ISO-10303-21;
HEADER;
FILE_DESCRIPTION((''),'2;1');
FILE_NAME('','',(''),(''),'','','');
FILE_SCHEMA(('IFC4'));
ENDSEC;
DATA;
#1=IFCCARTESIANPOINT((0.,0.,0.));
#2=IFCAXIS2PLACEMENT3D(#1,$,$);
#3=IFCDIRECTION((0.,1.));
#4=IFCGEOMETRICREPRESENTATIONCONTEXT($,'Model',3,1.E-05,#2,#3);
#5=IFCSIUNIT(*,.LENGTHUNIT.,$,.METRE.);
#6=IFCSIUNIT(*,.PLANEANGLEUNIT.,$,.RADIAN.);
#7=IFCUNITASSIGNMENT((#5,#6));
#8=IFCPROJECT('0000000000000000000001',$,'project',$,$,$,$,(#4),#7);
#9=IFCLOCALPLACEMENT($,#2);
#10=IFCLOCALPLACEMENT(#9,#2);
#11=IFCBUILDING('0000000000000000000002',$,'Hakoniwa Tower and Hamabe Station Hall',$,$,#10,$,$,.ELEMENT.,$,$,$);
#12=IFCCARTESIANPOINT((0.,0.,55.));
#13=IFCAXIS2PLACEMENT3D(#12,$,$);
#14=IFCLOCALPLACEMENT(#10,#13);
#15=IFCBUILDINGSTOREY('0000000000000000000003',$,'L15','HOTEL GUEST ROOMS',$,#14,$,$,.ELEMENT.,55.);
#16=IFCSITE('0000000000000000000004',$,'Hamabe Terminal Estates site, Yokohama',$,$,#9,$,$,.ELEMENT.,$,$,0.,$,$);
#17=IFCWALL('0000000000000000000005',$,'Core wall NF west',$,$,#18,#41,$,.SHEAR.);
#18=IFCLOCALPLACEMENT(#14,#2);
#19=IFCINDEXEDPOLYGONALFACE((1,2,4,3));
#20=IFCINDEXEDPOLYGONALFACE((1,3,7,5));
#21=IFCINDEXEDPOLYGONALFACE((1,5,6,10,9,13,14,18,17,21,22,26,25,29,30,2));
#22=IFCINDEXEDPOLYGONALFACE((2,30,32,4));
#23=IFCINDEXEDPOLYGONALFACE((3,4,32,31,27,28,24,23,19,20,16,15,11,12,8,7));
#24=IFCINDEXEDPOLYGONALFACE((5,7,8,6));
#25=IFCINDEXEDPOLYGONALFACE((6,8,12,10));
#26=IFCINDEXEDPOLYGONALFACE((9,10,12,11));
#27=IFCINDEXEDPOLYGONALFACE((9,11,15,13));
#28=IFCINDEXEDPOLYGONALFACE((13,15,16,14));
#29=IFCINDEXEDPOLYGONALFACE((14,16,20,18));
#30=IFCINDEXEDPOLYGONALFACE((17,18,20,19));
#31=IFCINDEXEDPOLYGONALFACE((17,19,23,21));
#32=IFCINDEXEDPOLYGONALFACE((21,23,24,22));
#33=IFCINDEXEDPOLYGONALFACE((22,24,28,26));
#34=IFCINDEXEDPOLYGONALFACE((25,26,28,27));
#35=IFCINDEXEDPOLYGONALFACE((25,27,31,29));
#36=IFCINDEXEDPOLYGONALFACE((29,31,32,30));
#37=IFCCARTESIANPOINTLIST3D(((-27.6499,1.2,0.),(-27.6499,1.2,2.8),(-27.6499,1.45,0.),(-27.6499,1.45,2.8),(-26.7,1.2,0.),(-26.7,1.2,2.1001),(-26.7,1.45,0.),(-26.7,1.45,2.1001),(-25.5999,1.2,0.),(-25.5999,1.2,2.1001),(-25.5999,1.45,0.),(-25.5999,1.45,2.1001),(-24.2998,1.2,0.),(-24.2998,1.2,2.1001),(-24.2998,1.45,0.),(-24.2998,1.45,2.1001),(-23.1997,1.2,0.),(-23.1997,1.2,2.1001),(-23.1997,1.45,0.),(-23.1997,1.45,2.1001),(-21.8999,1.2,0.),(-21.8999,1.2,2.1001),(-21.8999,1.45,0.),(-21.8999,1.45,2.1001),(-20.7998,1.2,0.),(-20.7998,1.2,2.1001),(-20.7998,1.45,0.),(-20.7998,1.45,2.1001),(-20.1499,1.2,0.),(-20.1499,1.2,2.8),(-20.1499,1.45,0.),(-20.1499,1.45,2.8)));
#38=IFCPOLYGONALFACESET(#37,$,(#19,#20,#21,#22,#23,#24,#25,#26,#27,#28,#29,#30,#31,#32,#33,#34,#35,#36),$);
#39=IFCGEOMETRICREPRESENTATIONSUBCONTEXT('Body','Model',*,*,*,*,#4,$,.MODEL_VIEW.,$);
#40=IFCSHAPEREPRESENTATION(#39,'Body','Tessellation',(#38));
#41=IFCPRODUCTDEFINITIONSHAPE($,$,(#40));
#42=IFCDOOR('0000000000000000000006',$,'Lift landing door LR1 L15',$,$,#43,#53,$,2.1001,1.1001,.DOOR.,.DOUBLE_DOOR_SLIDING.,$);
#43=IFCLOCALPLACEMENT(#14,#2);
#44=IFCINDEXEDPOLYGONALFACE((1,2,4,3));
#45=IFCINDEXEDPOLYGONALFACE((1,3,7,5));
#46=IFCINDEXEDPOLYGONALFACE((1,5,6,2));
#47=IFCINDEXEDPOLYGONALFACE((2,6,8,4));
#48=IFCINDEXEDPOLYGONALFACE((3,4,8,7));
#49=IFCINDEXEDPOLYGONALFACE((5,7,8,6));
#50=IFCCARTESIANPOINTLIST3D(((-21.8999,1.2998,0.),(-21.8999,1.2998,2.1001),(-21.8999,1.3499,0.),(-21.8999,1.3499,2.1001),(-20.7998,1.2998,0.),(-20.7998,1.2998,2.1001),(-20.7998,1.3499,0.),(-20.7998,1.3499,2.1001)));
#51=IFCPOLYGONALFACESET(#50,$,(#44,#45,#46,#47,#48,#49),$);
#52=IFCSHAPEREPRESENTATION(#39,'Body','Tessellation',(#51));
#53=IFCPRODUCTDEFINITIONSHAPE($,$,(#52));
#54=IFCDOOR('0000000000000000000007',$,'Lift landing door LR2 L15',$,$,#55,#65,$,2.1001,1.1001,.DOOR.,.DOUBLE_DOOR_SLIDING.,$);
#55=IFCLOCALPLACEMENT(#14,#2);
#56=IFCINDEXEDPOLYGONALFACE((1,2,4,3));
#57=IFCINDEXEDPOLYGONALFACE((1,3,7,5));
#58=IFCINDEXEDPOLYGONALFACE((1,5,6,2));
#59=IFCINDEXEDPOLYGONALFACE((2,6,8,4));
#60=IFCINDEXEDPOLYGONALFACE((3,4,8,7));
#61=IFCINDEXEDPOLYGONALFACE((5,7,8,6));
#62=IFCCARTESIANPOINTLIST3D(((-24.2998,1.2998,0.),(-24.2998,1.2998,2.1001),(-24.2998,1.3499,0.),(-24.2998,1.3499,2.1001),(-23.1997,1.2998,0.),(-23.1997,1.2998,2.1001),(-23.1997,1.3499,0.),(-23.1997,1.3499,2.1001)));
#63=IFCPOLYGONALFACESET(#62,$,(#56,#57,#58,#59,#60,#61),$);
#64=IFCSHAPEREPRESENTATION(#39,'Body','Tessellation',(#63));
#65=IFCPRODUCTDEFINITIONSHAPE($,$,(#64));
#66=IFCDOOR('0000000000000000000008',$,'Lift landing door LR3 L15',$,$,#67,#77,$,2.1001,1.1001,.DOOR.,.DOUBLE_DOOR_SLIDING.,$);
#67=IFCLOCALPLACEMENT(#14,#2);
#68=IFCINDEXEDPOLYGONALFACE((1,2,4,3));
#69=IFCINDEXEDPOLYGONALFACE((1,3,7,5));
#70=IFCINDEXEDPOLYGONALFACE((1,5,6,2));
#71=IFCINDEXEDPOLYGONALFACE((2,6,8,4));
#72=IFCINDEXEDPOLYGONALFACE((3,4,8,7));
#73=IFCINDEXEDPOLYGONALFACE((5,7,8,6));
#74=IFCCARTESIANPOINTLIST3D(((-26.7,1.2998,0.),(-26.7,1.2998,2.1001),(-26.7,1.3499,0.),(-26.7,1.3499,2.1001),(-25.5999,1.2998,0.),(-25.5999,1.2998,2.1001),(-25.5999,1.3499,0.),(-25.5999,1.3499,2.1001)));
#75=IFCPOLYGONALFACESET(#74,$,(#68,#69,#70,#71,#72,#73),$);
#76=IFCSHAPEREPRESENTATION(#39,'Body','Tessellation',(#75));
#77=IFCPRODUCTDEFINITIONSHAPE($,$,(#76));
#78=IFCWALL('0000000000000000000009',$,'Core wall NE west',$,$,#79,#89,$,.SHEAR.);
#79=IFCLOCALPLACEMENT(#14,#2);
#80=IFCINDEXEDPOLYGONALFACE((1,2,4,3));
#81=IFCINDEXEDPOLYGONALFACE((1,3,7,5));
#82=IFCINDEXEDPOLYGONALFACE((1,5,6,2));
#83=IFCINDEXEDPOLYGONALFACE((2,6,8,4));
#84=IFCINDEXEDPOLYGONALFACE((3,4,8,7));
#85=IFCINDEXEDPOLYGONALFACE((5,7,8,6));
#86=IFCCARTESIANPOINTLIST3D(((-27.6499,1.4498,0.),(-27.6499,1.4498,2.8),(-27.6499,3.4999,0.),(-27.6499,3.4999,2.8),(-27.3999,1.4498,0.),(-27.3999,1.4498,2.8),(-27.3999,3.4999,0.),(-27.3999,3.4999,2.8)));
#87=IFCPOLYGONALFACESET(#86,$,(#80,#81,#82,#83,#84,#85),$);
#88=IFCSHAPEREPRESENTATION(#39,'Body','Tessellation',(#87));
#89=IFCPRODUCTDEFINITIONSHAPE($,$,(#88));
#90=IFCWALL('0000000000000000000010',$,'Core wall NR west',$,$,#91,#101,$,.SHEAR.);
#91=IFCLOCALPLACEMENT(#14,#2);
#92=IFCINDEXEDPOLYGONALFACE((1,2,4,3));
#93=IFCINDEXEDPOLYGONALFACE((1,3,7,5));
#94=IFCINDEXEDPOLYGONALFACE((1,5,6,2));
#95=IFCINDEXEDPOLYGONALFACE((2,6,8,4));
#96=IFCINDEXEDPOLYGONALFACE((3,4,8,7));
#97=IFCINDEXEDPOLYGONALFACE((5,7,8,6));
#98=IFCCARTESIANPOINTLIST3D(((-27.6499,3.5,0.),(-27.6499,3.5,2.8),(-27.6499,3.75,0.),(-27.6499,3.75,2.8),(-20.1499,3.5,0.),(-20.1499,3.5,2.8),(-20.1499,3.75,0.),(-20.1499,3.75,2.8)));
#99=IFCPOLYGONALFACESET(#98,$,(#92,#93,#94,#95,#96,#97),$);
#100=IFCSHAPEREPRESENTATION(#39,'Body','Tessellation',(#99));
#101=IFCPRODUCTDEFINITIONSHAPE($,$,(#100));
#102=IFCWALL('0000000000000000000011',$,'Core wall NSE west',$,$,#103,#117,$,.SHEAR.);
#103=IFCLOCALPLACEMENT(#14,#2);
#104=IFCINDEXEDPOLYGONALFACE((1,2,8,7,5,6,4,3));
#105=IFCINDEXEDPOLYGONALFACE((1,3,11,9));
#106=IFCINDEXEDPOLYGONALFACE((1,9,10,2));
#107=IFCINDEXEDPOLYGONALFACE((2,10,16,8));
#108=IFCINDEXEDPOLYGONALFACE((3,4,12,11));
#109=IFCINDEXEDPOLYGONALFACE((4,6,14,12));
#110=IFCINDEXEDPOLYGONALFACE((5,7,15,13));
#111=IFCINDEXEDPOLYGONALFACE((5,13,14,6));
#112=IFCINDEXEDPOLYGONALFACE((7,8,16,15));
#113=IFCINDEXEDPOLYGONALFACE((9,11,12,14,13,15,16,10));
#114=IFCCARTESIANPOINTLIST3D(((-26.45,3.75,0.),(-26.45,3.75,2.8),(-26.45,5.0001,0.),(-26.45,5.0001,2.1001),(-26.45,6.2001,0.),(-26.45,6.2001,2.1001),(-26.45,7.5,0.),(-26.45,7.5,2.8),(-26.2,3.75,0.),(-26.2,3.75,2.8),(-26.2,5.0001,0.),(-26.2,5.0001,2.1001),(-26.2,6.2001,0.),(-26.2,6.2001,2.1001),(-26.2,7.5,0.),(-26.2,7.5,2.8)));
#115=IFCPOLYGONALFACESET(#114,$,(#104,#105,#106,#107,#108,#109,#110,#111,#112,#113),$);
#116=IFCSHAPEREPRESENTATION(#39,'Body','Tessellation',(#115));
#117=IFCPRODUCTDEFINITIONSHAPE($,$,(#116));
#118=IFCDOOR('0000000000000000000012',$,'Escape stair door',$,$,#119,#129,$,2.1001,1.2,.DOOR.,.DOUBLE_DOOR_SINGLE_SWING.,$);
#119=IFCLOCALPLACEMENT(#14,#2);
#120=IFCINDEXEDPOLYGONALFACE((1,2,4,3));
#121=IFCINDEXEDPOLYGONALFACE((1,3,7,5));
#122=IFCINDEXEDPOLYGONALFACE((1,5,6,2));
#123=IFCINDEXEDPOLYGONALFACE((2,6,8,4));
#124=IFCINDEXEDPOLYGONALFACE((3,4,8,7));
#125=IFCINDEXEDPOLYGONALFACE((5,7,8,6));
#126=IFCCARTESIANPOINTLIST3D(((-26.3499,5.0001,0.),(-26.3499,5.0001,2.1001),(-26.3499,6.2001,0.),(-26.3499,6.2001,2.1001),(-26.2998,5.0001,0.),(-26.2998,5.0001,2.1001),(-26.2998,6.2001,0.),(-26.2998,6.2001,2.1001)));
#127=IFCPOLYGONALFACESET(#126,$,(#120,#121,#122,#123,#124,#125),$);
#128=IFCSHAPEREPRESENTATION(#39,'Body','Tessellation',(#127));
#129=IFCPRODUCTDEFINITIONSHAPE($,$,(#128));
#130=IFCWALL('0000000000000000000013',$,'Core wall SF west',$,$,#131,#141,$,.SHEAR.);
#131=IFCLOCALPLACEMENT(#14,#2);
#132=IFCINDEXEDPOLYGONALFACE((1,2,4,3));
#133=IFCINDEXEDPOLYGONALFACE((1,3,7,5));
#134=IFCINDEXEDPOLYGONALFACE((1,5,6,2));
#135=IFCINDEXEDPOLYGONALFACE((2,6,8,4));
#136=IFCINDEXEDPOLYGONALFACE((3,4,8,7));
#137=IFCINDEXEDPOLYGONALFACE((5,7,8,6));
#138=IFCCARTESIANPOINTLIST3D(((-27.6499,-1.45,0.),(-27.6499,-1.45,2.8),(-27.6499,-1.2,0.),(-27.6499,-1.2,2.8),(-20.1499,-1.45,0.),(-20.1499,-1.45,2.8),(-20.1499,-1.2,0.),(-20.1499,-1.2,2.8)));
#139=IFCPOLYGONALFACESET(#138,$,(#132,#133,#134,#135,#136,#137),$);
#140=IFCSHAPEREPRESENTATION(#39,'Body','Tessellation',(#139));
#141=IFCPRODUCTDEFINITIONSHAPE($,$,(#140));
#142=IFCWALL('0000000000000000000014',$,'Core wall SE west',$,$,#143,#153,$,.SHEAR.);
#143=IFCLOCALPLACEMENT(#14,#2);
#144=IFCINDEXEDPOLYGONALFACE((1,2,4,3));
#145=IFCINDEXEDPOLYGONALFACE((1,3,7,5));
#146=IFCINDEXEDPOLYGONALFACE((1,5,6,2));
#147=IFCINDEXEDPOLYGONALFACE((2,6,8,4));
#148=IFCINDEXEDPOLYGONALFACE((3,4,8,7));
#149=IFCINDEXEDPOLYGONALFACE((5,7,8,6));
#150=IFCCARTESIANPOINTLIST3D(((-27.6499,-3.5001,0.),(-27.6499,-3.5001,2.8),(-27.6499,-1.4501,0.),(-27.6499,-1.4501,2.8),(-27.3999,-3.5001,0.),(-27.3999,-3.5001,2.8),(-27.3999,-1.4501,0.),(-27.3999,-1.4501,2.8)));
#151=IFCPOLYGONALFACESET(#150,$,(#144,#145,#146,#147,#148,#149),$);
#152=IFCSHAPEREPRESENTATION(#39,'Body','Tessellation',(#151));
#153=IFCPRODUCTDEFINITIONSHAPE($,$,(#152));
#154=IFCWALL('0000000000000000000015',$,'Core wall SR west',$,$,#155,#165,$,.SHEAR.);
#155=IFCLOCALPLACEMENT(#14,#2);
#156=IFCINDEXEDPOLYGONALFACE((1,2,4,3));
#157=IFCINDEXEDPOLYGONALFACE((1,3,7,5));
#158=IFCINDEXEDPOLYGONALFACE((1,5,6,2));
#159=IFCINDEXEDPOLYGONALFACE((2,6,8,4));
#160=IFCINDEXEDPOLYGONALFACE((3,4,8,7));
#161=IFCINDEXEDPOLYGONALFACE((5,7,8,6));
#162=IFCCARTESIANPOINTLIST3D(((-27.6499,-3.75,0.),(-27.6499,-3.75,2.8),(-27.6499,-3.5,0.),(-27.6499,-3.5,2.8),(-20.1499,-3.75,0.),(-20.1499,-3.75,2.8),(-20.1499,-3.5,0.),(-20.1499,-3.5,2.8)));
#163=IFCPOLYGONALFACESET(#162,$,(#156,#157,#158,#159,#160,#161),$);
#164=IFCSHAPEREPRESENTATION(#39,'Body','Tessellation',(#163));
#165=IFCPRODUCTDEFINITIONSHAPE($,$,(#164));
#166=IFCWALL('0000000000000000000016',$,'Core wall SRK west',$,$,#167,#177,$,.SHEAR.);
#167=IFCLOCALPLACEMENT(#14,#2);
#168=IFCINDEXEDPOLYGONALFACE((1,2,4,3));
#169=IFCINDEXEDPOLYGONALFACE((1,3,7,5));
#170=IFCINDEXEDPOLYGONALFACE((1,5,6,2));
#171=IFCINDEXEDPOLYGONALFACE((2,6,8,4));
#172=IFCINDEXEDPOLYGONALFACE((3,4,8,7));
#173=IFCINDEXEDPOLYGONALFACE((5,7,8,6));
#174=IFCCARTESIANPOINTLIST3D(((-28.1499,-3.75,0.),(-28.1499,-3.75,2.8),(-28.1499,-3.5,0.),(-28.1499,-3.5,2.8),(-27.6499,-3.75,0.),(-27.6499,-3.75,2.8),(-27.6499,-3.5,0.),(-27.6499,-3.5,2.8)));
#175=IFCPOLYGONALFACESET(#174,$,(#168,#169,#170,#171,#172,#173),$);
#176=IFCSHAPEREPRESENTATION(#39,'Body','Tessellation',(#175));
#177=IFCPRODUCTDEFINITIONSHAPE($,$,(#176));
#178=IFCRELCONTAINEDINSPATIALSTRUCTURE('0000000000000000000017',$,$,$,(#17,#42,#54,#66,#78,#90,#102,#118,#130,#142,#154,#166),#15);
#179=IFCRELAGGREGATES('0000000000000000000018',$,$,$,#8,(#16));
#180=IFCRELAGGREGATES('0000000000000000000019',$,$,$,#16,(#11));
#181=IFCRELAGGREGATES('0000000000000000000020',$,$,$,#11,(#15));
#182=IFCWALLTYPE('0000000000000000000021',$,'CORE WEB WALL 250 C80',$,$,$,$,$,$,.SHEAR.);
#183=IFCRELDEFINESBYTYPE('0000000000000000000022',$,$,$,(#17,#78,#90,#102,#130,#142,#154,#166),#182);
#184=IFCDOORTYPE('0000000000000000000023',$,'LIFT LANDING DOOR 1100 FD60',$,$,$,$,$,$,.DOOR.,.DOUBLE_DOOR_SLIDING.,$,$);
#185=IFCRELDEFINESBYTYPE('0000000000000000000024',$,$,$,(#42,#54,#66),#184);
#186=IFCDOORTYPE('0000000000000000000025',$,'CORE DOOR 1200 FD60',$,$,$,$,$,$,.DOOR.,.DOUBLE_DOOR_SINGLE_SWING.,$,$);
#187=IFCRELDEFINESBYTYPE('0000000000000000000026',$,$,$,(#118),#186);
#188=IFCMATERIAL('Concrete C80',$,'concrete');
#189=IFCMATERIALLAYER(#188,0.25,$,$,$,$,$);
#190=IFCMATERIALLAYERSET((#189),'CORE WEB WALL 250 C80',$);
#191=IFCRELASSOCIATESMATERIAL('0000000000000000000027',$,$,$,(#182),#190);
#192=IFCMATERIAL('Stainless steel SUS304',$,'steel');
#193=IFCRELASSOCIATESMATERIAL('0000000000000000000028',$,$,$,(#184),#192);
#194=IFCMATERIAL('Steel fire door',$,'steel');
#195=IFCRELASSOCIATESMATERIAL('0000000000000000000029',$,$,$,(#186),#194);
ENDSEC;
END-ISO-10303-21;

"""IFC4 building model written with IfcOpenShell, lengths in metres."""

from ifc_helpers import new_model, si_unit, direction, frame, frame_2d, origin, place, context, subcontext, project, spatial, rectangle, extrude, material, layer, layer_set, type_object, element, fill, save


model = new_model("IFC4")

# Units and contexts
model_context = context("Model", 3, precision=1e-05, world=origin(), true_north=direction((0.0, 1.0)))
body_context = subcontext(model_context, "Body", "Model", "MODEL_VIEW")
ifc_project = project(units=[si_unit("LENGTHUNIT", "METRE"), si_unit("PLANEANGLEUNIT", "RADIAN")], contexts=[model_context])

# Site, building, storey
site_placement = place(None, origin())
site = spatial("IfcSite", under=ifc_project, at=site_placement, Name="Hamabe Terminal Estates site, Yokohama", CompositionType="ELEMENT", RefElevation=0.0)
building_placement = place(site_placement, origin())
building = spatial("IfcBuilding", under=site, at=building_placement, Name="Hakoniwa Tower and Hamabe Station Hall", CompositionType="ELEMENT")
storey_placement = place(building_placement, frame((0.0, 0.0, 55.0)))
storey = spatial("IfcBuildingStorey", under=building, at=storey_placement, Name="L15", Description="HOTEL GUEST ROOMS", CompositionType="ELEMENT", Elevation=55.0)

# Wall, openings, doors
ifc_material_1 = material(Name="Concrete C80", Category="concrete")
ifc_layer_1 = layer(ifc_material_1, 0.25)
ifc_layer_set_1 = layer_set([ifc_layer_1], Name="CORE WEB WALL 250 C80")
wall_type_1 = type_object("IfcWallType", Name="CORE WEB WALL 250 C80", PredefinedType="SHEAR", material=ifc_layer_set_1)
wall_1_placement = place(storey_placement, frame((-27.6499, 1.325, 0.0), z_axis=(0.0, 0.0, 1.0), x_axis=(1.0, 0.0, 0.0)))
wall_1 = element("IfcWall", 1, at=wall_1_placement, inside=storey, type_object=wall_type_1, Name="Core wall NF west", PredefinedType="SHEAR", context=body_context, shape_type="SweptSolid", body=[
    extrude(rectangle(XDim=7.5, YDim=0.25, at=frame_2d((3.75, 0.0))), origin(), (0.0, 0.0, 1.0), 2.8),
])
opening_1_placement = place(wall_1_placement, frame((5.75, 0.0, 0.0)))
opening_1 = element("IfcOpeningElement", 2, at=opening_1_placement, cuts=wall_1, PredefinedType="OPENING", context=body_context, shape_type="SweptSolid", body=[
    extrude(rectangle(XDim=1.1001, YDim=2.1001, at=frame_2d((0.55, 1.05))), frame((0.0, 0.135, 0.0), z_axis=(0.0, -1.0, 0.0), x_axis=(1.0, 0.0, 0.0)), (0.0, 0.0, 1.0), 0.27),
])
opening_2_placement = place(wall_1_placement, frame((3.3501, 0.0, 0.0)))
opening_2 = element("IfcOpeningElement", 3, at=opening_2_placement, cuts=wall_1, PredefinedType="OPENING", context=body_context, shape_type="SweptSolid", body=[
    extrude(rectangle(XDim=1.1001, YDim=2.1001, at=frame_2d((0.55, 1.05))), frame((0.0, 0.135, 0.0), z_axis=(0.0, -1.0, 0.0), x_axis=(1.0, 0.0, 0.0)), (0.0, 0.0, 1.0), 0.27),
])
opening_3_placement = place(wall_1_placement, frame((0.95, 0.0, 0.0)))
opening_3 = element("IfcOpeningElement", 4, at=opening_3_placement, cuts=wall_1, PredefinedType="OPENING", context=body_context, shape_type="SweptSolid", body=[
    extrude(rectangle(XDim=1.1001, YDim=2.1001, at=frame_2d((0.55, 1.05))), frame((0.0, 0.135, 0.0), z_axis=(0.0, -1.0, 0.0), x_axis=(1.0, 0.0, 0.0)), (0.0, 0.0, 1.0), 0.27),
])
ifc_material_2 = material(Name="Stainless steel SUS304", Category="steel")
door_type_1 = type_object("IfcDoorType", Name="LIFT LANDING DOOR 1100 FD60", OperationType="DOUBLE_DOOR_SLIDING", PredefinedType="DOOR", material=ifc_material_2)
door_1_placement = place(opening_1_placement, origin())
door_1 = element("IfcDoor", 5, at=door_1_placement, inside=storey, type_object=door_type_1, Name="Lift landing door LR1 L15", OperationType="DOUBLE_DOOR_SLIDING", OverallHeight=2.1001, OverallWidth=1.1001, PredefinedType="DOOR", context=body_context, shape_type="SweptSolid", body=[
    extrude(rectangle(XDim=1.1001, YDim=2.1001, at=frame_2d((0.55, 1.05))), frame((0.0, 0.0249, 0.0), z_axis=(0.0, -1.0, 0.0), x_axis=(1.0, 0.0, 0.0)), (0.0, 0.0, 1.0), 0.05),
])
fill(opening_1, door_1)
door_2_placement = place(opening_2_placement, origin())
door_2 = element("IfcDoor", 6, at=door_2_placement, inside=storey, type_object=door_type_1, Name="Lift landing door LR2 L15", OperationType="DOUBLE_DOOR_SLIDING", OverallHeight=2.1001, OverallWidth=1.1001, PredefinedType="DOOR", context=body_context, shape_type="SweptSolid", body=[
    extrude(rectangle(XDim=1.1001, YDim=2.1001, at=frame_2d((0.55, 1.05))), frame((0.0, 0.0249, 0.0), z_axis=(0.0, -1.0, 0.0), x_axis=(1.0, 0.0, 0.0)), (0.0, 0.0, 1.0), 0.05),
])
fill(opening_2, door_2)
door_3_placement = place(opening_3_placement, origin())
door_3 = element("IfcDoor", 7, at=door_3_placement, inside=storey, type_object=door_type_1, Name="Lift landing door LR3 L15", OperationType="DOUBLE_DOOR_SLIDING", OverallHeight=2.1001, OverallWidth=1.1001, PredefinedType="DOOR", context=body_context, shape_type="SweptSolid", body=[
    extrude(rectangle(XDim=1.1001, YDim=2.1001, at=frame_2d((0.55, 1.05))), frame((0.0, 0.0249, 0.0), z_axis=(0.0, -1.0, 0.0), x_axis=(1.0, 0.0, 0.0)), (0.0, 0.0, 1.0), 0.05),
])
fill(opening_3, door_3)

# Walls
wall_2_placement = place(storey_placement, frame((-27.5249, 1.45, 0.0), z_axis=(0.0, 0.0, 1.0), x_axis=(0.0, 1.0, 0.0)))
element("IfcWall", 8, at=wall_2_placement, inside=storey, type_object=wall_type_1, Name="Core wall NE west", PredefinedType="SHEAR", context=body_context, shape_type="SweptSolid", body=[
    extrude(rectangle(XDim=2.05, YDim=0.25, at=frame_2d((1.0249, 0.0))), origin(), (0.0, 0.0, 1.0), 2.8),
])
wall_3_placement = place(storey_placement, frame((-27.6499, 3.625, 0.0), z_axis=(0.0, 0.0, 1.0), x_axis=(1.0, 0.0, 0.0)))
element("IfcWall", 9, at=wall_3_placement, inside=storey, type_object=wall_type_1, Name="Core wall NR west", PredefinedType="SHEAR", context=body_context, shape_type="SweptSolid", body=[
    extrude(rectangle(XDim=7.5, YDim=0.25, at=frame_2d((3.75, 0.0))), origin(), (0.0, 0.0, 1.0), 2.8),
])

# Wall, opening, door
wall_4_placement = place(storey_placement, frame((-26.325, 3.75, 0.0), z_axis=(0.0, 0.0, 1.0), x_axis=(0.0, 1.0, 0.0)))
wall_4 = element("IfcWall", 10, at=wall_4_placement, inside=storey, type_object=wall_type_1, Name="Core wall NSE west", PredefinedType="SHEAR", context=body_context, shape_type="SweptSolid", body=[
    extrude(rectangle(XDim=3.75, YDim=0.25, at=frame_2d((1.875, 0.0))), origin(), (0.0, 0.0, 1.0), 2.8),
])
opening_4_placement = place(wall_4_placement, frame((1.25, 0.0, 0.0)))
opening_4 = element("IfcOpeningElement", 11, at=opening_4_placement, cuts=wall_4, PredefinedType="OPENING", context=body_context, shape_type="SweptSolid", body=[
    extrude(rectangle(XDim=1.2, YDim=2.1001, at=frame_2d((0.6001, 1.05))), frame((0.0, 0.135, 0.0), z_axis=(0.0, -1.0, 0.0), x_axis=(1.0, 0.0, 0.0)), (0.0, 0.0, 1.0), 0.27),
])
ifc_material_3 = material(Name="Steel fire door", Category="steel")
door_type_2 = type_object("IfcDoorType", Name="CORE DOOR 1200 FD60", OperationType="DOUBLE_DOOR_SINGLE_SWING", PredefinedType="DOOR", material=ifc_material_3)
door_4_placement = place(opening_4_placement, origin())
door_4 = element("IfcDoor", 12, at=door_4_placement, inside=storey, type_object=door_type_2, Name="Escape stair door", OperationType="DOUBLE_DOOR_SINGLE_SWING", OverallHeight=2.1001, OverallWidth=1.2, PredefinedType="DOOR", context=body_context, shape_type="SweptSolid", body=[
    extrude(rectangle(XDim=1.2, YDim=2.1001, at=frame_2d((0.6001, 1.05))), frame((0.0, 0.0249, 0.0), z_axis=(0.0, -1.0, 0.0), x_axis=(1.0, 0.0, 0.0)), (0.0, 0.0, 1.0), 0.05),
])
fill(opening_4, door_4)

# Walls
wall_5_placement = place(storey_placement, frame((-27.6499, -1.325, 0.0), z_axis=(0.0, 0.0, 1.0), x_axis=(1.0, 0.0, 0.0)))
element("IfcWall", 13, at=wall_5_placement, inside=storey, type_object=wall_type_1, Name="Core wall SF west", PredefinedType="SHEAR", context=body_context, shape_type="SweptSolid", body=[
    extrude(rectangle(XDim=7.5, YDim=0.25, at=frame_2d((3.75, 0.0))), origin(), (0.0, 0.0, 1.0), 2.8),
])
wall_6_placement = place(storey_placement, frame((-27.5249, -3.5, 0.0), z_axis=(0.0, 0.0, 1.0), x_axis=(0.0, 1.0, 0.0)))
element("IfcWall", 14, at=wall_6_placement, inside=storey, type_object=wall_type_1, Name="Core wall SE west", PredefinedType="SHEAR", context=body_context, shape_type="SweptSolid", body=[
    extrude(rectangle(XDim=2.05, YDim=0.25, at=frame_2d((1.0249, 0.0))), origin(), (0.0, 0.0, 1.0), 2.8),
])
wall_7_placement = place(storey_placement, frame((-27.6499, -3.625, 0.0), z_axis=(0.0, 0.0, 1.0), x_axis=(1.0, 0.0, 0.0)))
element("IfcWall", 15, at=wall_7_placement, inside=storey, type_object=wall_type_1, Name="Core wall SR west", PredefinedType="SHEAR", context=body_context, shape_type="SweptSolid", body=[
    extrude(rectangle(XDim=7.5, YDim=0.25, at=frame_2d((3.75, 0.0))), origin(), (0.0, 0.0, 1.0), 2.8),
])
wall_8_placement = place(storey_placement, frame((-28.1499, -3.625, 0.0), z_axis=(0.0, 0.0, 1.0), x_axis=(1.0, 0.0, 0.0)))
element("IfcWall", 16, at=wall_8_placement, inside=storey, type_object=wall_type_1, Name="Core wall SRK west", PredefinedType="SHEAR", context=body_context, shape_type="SweptSolid", body=[
    extrude(rectangle(XDim=0.5, YDim=0.25, at=frame_2d((0.25, 0.0))), origin(), (0.0, 0.0, 1.0), 2.8),
])

save(model, "model.ifc")
